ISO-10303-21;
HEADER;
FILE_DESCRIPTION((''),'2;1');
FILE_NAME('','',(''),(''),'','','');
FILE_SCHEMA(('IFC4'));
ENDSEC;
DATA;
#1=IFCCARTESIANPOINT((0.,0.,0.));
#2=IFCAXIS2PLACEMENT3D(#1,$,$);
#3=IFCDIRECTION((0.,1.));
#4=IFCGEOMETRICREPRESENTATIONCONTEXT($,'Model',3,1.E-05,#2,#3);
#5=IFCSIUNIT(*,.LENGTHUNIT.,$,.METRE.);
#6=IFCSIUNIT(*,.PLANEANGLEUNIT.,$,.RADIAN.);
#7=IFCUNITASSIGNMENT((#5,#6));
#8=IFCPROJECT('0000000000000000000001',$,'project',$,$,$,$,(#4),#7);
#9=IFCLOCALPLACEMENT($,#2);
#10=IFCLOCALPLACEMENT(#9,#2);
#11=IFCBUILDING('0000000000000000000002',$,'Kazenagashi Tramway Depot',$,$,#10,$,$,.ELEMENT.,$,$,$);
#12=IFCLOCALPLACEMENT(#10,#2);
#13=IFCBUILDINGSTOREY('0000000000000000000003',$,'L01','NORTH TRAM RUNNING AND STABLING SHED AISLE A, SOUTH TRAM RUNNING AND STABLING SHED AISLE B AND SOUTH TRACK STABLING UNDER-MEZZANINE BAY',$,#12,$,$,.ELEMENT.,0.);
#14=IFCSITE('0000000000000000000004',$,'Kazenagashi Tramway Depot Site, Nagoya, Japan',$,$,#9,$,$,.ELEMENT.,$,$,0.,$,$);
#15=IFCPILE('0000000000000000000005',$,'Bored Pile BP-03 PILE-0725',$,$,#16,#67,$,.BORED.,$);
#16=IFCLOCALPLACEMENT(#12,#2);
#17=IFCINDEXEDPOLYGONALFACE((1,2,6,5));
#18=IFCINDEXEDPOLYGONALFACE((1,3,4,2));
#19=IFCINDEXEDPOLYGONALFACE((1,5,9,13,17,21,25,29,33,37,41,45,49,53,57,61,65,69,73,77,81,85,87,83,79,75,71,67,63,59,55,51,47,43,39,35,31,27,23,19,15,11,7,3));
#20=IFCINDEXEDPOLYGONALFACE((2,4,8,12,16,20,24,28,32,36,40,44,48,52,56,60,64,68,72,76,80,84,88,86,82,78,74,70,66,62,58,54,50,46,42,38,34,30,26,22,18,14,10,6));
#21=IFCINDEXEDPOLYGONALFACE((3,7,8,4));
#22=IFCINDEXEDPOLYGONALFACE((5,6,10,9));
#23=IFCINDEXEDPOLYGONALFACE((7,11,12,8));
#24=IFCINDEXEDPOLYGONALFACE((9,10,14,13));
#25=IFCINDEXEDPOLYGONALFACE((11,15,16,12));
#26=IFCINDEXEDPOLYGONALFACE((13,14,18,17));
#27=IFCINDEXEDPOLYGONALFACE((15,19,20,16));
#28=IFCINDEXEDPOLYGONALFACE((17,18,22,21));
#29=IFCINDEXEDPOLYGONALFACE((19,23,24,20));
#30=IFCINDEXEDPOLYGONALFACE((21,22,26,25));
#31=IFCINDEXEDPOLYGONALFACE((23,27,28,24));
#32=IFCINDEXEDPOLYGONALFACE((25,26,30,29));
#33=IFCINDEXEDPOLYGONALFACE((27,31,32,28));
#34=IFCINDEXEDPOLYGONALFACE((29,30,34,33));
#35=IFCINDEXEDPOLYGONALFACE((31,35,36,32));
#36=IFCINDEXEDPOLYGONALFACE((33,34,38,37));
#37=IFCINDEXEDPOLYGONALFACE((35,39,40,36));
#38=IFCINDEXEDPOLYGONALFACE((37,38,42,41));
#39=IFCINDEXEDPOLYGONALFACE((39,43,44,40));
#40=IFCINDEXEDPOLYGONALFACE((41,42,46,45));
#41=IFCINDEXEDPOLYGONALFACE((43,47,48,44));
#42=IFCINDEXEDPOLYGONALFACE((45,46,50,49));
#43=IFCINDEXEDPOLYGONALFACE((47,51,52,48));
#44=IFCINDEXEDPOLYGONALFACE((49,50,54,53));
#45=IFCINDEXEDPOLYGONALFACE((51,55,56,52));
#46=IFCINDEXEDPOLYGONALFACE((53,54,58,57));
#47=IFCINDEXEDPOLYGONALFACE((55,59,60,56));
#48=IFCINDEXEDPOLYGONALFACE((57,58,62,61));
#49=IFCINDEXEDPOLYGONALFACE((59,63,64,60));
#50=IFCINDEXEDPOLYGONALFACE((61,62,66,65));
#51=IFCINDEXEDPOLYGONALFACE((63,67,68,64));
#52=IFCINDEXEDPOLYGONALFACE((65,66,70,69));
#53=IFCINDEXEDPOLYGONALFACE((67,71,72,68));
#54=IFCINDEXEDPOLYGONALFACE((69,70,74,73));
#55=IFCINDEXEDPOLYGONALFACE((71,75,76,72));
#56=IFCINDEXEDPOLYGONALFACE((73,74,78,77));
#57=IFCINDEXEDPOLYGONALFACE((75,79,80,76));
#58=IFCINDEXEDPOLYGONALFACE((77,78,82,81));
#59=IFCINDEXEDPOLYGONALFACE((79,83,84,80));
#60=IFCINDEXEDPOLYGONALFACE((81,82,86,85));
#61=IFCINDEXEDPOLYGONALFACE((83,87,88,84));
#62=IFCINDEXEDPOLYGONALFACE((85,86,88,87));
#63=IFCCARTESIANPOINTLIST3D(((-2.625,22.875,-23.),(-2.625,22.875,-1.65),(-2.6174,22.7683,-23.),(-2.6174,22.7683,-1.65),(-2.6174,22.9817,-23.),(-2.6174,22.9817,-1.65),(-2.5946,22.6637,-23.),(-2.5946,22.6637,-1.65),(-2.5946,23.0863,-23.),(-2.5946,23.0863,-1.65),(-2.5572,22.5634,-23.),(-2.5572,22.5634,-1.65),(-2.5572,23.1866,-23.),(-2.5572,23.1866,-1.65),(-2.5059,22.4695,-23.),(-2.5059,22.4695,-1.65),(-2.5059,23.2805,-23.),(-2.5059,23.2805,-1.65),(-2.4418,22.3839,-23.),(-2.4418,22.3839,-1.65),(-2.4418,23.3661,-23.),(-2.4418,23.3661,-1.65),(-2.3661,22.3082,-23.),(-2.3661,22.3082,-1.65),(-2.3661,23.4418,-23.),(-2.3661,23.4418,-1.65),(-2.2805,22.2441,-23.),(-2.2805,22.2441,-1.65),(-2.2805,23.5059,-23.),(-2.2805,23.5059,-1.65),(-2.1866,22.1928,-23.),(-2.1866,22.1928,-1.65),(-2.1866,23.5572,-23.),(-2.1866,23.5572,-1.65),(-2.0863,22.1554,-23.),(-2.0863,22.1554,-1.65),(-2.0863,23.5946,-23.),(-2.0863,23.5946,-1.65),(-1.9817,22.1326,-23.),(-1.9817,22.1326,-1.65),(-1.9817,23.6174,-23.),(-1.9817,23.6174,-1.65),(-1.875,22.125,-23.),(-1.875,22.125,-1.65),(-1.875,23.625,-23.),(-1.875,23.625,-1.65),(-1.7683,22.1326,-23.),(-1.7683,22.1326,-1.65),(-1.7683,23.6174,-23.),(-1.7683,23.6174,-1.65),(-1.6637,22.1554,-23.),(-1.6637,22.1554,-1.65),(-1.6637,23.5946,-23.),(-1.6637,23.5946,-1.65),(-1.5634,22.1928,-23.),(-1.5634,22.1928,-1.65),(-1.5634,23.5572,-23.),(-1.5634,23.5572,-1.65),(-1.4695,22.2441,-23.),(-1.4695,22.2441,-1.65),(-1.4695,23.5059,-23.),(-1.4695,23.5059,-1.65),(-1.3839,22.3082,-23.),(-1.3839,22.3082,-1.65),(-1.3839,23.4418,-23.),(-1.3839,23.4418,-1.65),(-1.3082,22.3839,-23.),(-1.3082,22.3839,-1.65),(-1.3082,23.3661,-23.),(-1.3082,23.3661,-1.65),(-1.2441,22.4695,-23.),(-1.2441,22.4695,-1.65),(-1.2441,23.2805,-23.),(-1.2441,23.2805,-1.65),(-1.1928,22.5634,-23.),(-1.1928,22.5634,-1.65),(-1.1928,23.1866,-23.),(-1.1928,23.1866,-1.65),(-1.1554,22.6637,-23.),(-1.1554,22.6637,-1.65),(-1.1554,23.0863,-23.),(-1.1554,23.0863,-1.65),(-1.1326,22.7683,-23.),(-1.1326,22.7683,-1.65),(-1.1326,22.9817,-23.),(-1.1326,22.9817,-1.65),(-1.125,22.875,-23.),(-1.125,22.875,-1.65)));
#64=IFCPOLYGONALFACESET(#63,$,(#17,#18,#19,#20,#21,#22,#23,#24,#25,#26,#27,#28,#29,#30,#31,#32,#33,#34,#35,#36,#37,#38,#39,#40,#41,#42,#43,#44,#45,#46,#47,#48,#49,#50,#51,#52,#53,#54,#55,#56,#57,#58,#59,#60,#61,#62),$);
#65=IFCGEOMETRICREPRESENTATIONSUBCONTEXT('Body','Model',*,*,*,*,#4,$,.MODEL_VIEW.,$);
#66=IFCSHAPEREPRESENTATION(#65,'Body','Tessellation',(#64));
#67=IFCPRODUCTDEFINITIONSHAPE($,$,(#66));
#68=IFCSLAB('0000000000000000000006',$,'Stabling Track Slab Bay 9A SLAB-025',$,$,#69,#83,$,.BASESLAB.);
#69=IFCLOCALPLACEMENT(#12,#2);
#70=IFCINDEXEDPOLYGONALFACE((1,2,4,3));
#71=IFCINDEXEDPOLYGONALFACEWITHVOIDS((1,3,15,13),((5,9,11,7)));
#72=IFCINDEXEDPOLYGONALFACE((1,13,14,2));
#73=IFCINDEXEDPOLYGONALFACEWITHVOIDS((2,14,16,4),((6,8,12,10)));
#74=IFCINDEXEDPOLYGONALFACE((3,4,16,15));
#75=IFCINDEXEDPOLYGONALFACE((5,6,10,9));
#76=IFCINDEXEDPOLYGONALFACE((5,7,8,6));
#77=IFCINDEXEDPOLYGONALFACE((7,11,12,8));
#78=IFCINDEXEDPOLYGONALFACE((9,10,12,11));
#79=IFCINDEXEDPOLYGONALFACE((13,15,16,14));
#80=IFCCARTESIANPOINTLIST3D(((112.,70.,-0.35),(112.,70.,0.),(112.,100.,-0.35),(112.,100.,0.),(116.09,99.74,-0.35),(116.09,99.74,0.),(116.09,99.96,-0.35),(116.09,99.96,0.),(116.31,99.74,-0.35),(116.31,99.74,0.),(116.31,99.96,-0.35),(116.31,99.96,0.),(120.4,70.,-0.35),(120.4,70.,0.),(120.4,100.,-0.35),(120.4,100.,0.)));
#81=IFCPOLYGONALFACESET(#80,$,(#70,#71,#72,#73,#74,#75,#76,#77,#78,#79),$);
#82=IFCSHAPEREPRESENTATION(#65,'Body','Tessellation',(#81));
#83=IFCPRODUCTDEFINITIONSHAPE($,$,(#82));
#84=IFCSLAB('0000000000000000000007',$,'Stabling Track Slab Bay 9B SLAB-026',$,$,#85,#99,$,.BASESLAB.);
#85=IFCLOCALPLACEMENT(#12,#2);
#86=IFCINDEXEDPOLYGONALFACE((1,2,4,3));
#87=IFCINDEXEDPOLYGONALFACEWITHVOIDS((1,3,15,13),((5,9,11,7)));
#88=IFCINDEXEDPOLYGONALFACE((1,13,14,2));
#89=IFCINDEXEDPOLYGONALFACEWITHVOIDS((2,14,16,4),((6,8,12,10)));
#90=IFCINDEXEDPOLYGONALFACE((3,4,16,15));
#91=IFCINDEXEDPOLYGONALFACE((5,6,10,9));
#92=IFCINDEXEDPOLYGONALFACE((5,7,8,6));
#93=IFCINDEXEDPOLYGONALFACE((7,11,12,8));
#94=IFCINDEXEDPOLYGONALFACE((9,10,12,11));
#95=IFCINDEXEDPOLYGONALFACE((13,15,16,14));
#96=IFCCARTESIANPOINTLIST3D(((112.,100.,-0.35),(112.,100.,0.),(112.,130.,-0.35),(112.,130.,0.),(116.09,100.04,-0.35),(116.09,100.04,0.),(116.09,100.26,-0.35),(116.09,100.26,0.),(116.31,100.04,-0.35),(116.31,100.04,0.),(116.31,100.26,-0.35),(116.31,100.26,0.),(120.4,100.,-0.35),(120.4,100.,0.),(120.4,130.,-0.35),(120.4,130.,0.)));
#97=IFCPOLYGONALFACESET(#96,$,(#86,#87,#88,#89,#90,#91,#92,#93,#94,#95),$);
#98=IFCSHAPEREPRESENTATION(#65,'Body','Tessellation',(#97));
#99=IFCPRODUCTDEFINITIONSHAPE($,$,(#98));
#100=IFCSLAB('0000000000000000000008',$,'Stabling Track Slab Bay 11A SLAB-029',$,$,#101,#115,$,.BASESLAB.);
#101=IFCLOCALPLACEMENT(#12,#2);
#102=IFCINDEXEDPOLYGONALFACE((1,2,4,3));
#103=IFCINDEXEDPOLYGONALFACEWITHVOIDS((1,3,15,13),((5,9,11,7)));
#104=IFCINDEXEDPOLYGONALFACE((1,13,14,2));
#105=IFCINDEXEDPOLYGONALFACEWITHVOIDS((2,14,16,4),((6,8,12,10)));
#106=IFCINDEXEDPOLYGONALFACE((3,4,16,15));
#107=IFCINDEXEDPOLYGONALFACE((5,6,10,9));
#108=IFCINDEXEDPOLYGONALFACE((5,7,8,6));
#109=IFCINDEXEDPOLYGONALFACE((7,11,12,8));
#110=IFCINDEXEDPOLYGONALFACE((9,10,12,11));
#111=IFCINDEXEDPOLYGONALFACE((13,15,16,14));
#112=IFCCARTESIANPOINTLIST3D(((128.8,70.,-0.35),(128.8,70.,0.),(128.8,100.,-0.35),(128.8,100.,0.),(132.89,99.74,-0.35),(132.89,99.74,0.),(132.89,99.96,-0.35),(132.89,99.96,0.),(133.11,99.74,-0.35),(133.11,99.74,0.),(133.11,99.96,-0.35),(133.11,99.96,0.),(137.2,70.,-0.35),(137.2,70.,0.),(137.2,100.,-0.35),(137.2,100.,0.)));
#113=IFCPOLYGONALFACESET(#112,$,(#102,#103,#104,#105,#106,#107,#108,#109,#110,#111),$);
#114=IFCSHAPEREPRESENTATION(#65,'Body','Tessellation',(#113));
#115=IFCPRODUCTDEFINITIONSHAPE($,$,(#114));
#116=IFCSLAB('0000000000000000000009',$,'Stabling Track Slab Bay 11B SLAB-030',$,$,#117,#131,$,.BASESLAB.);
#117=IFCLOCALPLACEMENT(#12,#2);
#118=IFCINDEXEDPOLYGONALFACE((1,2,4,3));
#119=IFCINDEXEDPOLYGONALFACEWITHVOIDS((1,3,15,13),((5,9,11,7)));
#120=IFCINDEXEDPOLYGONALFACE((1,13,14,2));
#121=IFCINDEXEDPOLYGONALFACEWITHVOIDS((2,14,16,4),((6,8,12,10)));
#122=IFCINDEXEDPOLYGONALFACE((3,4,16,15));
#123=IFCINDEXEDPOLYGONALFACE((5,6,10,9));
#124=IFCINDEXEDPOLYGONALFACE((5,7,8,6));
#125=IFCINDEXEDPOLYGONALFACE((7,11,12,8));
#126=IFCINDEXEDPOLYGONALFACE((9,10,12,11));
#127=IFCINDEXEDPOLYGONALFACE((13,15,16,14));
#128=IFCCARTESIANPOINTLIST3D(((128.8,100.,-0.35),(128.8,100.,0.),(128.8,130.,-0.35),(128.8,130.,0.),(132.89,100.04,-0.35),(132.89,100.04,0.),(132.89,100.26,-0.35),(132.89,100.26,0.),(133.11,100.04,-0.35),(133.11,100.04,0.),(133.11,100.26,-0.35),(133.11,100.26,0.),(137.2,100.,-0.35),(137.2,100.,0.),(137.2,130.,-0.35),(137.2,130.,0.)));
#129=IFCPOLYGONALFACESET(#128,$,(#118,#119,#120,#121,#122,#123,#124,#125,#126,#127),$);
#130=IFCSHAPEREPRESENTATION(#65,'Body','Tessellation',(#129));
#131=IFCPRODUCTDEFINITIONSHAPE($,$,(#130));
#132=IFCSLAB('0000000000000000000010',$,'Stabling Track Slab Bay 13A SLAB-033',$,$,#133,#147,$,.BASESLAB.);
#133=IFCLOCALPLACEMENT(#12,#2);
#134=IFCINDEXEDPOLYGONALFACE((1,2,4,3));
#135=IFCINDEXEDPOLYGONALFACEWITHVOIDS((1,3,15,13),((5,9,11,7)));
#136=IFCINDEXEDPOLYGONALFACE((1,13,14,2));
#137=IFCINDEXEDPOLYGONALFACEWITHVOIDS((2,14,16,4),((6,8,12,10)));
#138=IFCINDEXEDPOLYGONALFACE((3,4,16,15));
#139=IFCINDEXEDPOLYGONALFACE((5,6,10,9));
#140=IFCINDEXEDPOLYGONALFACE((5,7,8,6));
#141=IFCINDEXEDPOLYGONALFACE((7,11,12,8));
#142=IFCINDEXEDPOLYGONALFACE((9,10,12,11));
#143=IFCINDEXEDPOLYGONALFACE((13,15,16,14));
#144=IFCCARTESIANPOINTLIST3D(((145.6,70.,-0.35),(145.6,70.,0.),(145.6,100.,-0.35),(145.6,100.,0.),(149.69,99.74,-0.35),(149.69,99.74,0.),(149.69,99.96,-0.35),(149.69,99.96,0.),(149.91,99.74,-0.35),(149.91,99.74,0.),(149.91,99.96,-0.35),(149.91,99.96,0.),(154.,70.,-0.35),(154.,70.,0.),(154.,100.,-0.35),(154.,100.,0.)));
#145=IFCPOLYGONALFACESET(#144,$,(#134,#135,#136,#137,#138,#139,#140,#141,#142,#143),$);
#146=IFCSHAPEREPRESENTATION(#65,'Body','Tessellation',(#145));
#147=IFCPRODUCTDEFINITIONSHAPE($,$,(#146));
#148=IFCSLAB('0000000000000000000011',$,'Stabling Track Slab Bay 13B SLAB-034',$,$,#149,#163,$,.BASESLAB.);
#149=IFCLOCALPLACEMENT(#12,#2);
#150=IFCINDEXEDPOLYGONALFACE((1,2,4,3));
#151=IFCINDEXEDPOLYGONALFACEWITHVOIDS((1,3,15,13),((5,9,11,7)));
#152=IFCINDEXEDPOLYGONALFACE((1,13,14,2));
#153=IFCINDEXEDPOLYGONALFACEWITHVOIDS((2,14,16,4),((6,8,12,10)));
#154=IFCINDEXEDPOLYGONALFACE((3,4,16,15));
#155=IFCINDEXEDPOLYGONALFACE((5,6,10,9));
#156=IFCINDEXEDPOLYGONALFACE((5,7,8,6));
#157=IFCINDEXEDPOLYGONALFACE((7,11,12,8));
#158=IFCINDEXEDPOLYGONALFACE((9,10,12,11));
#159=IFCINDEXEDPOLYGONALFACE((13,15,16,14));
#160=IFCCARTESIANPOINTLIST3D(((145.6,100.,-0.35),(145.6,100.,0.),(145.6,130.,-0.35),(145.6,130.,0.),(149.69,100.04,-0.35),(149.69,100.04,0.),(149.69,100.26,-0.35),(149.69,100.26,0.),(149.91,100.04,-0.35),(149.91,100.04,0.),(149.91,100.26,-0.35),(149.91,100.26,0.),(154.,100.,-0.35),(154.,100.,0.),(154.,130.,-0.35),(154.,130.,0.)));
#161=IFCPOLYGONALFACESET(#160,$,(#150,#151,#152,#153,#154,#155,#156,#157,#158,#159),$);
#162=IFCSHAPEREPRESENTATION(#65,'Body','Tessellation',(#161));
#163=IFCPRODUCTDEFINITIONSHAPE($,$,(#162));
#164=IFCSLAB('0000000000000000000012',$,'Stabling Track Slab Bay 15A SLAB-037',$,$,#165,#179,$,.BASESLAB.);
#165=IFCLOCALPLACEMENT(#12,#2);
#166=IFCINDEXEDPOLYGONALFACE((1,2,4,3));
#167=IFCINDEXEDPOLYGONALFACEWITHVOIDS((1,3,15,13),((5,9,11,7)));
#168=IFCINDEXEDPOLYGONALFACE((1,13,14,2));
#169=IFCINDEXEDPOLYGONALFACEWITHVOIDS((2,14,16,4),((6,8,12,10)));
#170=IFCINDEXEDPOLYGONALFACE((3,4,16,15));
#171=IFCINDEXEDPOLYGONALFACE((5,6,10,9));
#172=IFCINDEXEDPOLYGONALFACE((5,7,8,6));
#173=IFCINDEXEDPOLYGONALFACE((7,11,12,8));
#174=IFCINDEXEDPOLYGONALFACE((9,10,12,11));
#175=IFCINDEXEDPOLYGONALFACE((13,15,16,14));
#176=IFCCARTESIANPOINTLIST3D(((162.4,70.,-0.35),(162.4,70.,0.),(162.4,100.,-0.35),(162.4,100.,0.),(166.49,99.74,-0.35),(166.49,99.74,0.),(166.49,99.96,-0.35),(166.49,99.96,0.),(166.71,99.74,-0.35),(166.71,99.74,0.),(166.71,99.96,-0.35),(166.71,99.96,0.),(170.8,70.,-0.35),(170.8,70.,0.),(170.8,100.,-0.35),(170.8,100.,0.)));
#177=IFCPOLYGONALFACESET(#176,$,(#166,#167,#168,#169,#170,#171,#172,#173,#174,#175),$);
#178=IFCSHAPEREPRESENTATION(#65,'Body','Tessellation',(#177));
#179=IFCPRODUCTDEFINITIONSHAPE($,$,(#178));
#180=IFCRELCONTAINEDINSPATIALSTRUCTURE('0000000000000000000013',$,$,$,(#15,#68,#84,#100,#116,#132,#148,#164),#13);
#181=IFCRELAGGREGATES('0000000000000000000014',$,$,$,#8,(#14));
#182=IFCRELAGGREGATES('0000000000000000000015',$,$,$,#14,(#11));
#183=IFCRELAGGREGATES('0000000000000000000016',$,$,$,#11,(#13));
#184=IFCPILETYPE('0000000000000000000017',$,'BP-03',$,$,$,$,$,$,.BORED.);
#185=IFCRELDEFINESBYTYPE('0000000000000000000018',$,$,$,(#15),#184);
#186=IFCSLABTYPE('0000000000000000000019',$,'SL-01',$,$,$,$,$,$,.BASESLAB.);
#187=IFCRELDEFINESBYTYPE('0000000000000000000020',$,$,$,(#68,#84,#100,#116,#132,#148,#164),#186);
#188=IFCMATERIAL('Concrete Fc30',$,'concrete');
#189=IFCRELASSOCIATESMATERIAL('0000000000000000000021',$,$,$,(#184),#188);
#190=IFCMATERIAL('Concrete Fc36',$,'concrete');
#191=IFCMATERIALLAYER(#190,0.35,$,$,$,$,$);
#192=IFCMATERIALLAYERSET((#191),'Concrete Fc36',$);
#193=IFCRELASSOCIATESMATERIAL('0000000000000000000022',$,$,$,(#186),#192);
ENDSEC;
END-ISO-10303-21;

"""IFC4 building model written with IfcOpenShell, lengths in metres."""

from ifc_helpers import new_model, si_unit, direction, frame, origin, origin_2d, place, context, subcontext, project, spatial, polyline, circle, outline, extrude, material, layer, layer_set, material_profile, profile_set, type_object, element, save


model = new_model("IFC4")

# Units and contexts
model_context = context("Model", 3, precision=1e-05, world=origin(), true_north=direction((0.0, 1.0)))
body_context = subcontext(model_context, "Body", "Model", "MODEL_VIEW")
ifc_project = project(units=[si_unit("LENGTHUNIT", "METRE"), si_unit("PLANEANGLEUNIT", "RADIAN")], contexts=[model_context])

# Site, building, storey
site_placement = place(None, origin())
site = spatial("IfcSite", under=ifc_project, at=site_placement, Name="Kazenagashi Tramway Depot Site, Nagoya, Japan", CompositionType="ELEMENT", RefElevation=0.0)
building_placement = place(site_placement, origin())
building = spatial("IfcBuilding", under=site, at=building_placement, Name="Kazenagashi Tramway Depot", CompositionType="ELEMENT")
storey_placement = place(building_placement, origin())
storey = spatial("IfcBuildingStorey", under=building, at=storey_placement, Name="L01", Description="NORTH TRAM RUNNING AND STABLING SHED AISLE A, SOUTH TRAM RUNNING AND STABLING SHED AISLE B AND SOUTH TRACK STABLING UNDER-MEZZANINE BAY", CompositionType="ELEMENT", Elevation=0.0)

# Pile
ifc_material_1 = material(Name="Concrete Fc30", Category="concrete")
ifc_material_profile = material_profile(ifc_material_1, circle(Radius=0.75, at=origin_2d()), Name="PILE-1500")
ifc_profile_set = profile_set([ifc_material_profile], Name="Concrete Fc30")
pile_type = type_object("IfcPileType", Name="BP-03", PredefinedType="BORED", material=ifc_profile_set)
for number, where, z_axis, x_axis, name in (
    (1, (-1.875, 22.875, -1.65), (0.0, 0.0, -1.0), (1.0, 0.0, 0.0), "Bored Pile BP-03 PILE-0725"),
):
    element("IfcPile", number, at=place(storey_placement, frame(where, z_axis=z_axis, x_axis=x_axis)), inside=storey, type_object=pile_type, Name=name, PredefinedType="BORED", context=body_context, shape_type="SweptSolid", body=[
        extrude(circle(Radius=0.75, at=origin_2d()), origin(), (0.0, 0.0, 1.0), 21.35),
    ])

# Slabs
ifc_material_2 = material(Name="Concrete Fc36", Category="concrete")
ifc_layer_1 = layer(ifc_material_2, 0.35)
ifc_layer_set_1 = layer_set([ifc_layer_1], Name="Concrete Fc36")
slab_type_1 = type_object("IfcSlabType", Name="SL-01", PredefinedType="BASESLAB", material=ifc_layer_set_1)
slab_1_placement = place(storey_placement, frame((0.0, 0.0, -0.35)))
element("IfcSlab", 2, at=slab_1_placement, inside=storey, type_object=slab_type_1, Name="Stabling Track Slab Bay 9A SLAB-025", PredefinedType="BASESLAB", context=body_context, shape_type="SweptSolid", body=[
    extrude(outline(polyline([(112.0, 70.0), (120.4, 70.0), (120.4, 100.0), (112.0, 100.0), (112.0, 70.0)]), holes=[polyline([(116.09, 99.74), (116.31, 99.74), (116.31, 99.96), (116.09, 99.96), (116.09, 99.74)])]), origin(), (0.0, 0.0, 1.0), 0.35),
])
slab_2_placement = place(storey_placement, frame((0.0, 0.0, -0.35)))
element("IfcSlab", 3, at=slab_2_placement, inside=storey, type_object=slab_type_1, Name="Stabling Track Slab Bay 9B SLAB-026", PredefinedType="BASESLAB", context=body_context, shape_type="SweptSolid", body=[
    extrude(outline(polyline([(112.0, 100.0), (120.4, 100.0), (120.4, 130.0), (112.0, 130.0), (112.0, 100.0)]), holes=[polyline([(116.09, 100.04), (116.31, 100.04), (116.31, 100.26), (116.09, 100.26), (116.09, 100.04)])]), origin(), (0.0, 0.0, 1.0), 0.35),
])
slab_3_placement = place(storey_placement, frame((0.0, 0.0, -0.35)))
element("IfcSlab", 4, at=slab_3_placement, inside=storey, type_object=slab_type_1, Name="Stabling Track Slab Bay 11A SLAB-029", PredefinedType="BASESLAB", context=body_context, shape_type="SweptSolid", body=[
    extrude(outline(polyline([(128.8, 70.0), (137.2, 70.0), (137.2, 100.0), (128.8, 100.0), (128.8, 70.0)]), holes=[polyline([(132.89, 99.74), (133.11, 99.74), (133.11, 99.96), (132.89, 99.96), (132.89, 99.74)])]), origin(), (0.0, 0.0, 1.0), 0.35),
])
slab_4_placement = place(storey_placement, frame((0.0, 0.0, -0.35)))
element("IfcSlab", 5, at=slab_4_placement, inside=storey, type_object=slab_type_1, Name="Stabling Track Slab Bay 11B SLAB-030", PredefinedType="BASESLAB", context=body_context, shape_type="SweptSolid", body=[
    extrude(outline(polyline([(128.8, 100.0), (137.2, 100.0), (137.2, 130.0), (128.8, 130.0), (128.8, 100.0)]), holes=[polyline([(132.89, 100.04), (133.11, 100.04), (133.11, 100.26), (132.89, 100.26), (132.89, 100.04)])]), origin(), (0.0, 0.0, 1.0), 0.35),
])
slab_5_placement = place(storey_placement, frame((0.0, 0.0, -0.35)))
element("IfcSlab", 6, at=slab_5_placement, inside=storey, type_object=slab_type_1, Name="Stabling Track Slab Bay 13A SLAB-033", PredefinedType="BASESLAB", context=body_context, shape_type="SweptSolid", body=[
    extrude(outline(polyline([(145.6, 70.0), (154.0, 70.0), (154.0, 100.0), (145.6, 100.0), (145.6, 70.0)]), holes=[polyline([(149.69, 99.74), (149.91, 99.74), (149.91, 99.96), (149.69, 99.96), (149.69, 99.74)])]), origin(), (0.0, 0.0, 1.0), 0.35),
])
slab_6_placement = place(storey_placement, frame((0.0, 0.0, -0.35)))
element("IfcSlab", 7, at=slab_6_placement, inside=storey, type_object=slab_type_1, Name="Stabling Track Slab Bay 13B SLAB-034", PredefinedType="BASESLAB", context=body_context, shape_type="SweptSolid", body=[
    extrude(outline(polyline([(145.6, 100.0), (154.0, 100.0), (154.0, 130.0), (145.6, 130.0), (145.6, 100.0)]), holes=[polyline([(149.69, 100.04), (149.91, 100.04), (149.91, 100.26), (149.69, 100.26), (149.69, 100.04)])]), origin(), (0.0, 0.0, 1.0), 0.35),
])
slab_7_placement = place(storey_placement, frame((0.0, 0.0, -0.35)))
element("IfcSlab", 8, at=slab_7_placement, inside=storey, type_object=slab_type_1, Name="Stabling Track Slab Bay 15A SLAB-037", PredefinedType="BASESLAB", context=body_context, shape_type="SweptSolid", body=[
    extrude(outline(polyline([(162.4, 70.0), (170.8, 70.0), (170.8, 100.0), (162.4, 100.0), (162.4, 70.0)]), holes=[polyline([(166.49, 99.74), (166.71, 99.74), (166.71, 99.96), (166.49, 99.96), (166.49, 99.74)])]), origin(), (0.0, 0.0, 1.0), 0.35),
])

save(model, "model.ifc")
